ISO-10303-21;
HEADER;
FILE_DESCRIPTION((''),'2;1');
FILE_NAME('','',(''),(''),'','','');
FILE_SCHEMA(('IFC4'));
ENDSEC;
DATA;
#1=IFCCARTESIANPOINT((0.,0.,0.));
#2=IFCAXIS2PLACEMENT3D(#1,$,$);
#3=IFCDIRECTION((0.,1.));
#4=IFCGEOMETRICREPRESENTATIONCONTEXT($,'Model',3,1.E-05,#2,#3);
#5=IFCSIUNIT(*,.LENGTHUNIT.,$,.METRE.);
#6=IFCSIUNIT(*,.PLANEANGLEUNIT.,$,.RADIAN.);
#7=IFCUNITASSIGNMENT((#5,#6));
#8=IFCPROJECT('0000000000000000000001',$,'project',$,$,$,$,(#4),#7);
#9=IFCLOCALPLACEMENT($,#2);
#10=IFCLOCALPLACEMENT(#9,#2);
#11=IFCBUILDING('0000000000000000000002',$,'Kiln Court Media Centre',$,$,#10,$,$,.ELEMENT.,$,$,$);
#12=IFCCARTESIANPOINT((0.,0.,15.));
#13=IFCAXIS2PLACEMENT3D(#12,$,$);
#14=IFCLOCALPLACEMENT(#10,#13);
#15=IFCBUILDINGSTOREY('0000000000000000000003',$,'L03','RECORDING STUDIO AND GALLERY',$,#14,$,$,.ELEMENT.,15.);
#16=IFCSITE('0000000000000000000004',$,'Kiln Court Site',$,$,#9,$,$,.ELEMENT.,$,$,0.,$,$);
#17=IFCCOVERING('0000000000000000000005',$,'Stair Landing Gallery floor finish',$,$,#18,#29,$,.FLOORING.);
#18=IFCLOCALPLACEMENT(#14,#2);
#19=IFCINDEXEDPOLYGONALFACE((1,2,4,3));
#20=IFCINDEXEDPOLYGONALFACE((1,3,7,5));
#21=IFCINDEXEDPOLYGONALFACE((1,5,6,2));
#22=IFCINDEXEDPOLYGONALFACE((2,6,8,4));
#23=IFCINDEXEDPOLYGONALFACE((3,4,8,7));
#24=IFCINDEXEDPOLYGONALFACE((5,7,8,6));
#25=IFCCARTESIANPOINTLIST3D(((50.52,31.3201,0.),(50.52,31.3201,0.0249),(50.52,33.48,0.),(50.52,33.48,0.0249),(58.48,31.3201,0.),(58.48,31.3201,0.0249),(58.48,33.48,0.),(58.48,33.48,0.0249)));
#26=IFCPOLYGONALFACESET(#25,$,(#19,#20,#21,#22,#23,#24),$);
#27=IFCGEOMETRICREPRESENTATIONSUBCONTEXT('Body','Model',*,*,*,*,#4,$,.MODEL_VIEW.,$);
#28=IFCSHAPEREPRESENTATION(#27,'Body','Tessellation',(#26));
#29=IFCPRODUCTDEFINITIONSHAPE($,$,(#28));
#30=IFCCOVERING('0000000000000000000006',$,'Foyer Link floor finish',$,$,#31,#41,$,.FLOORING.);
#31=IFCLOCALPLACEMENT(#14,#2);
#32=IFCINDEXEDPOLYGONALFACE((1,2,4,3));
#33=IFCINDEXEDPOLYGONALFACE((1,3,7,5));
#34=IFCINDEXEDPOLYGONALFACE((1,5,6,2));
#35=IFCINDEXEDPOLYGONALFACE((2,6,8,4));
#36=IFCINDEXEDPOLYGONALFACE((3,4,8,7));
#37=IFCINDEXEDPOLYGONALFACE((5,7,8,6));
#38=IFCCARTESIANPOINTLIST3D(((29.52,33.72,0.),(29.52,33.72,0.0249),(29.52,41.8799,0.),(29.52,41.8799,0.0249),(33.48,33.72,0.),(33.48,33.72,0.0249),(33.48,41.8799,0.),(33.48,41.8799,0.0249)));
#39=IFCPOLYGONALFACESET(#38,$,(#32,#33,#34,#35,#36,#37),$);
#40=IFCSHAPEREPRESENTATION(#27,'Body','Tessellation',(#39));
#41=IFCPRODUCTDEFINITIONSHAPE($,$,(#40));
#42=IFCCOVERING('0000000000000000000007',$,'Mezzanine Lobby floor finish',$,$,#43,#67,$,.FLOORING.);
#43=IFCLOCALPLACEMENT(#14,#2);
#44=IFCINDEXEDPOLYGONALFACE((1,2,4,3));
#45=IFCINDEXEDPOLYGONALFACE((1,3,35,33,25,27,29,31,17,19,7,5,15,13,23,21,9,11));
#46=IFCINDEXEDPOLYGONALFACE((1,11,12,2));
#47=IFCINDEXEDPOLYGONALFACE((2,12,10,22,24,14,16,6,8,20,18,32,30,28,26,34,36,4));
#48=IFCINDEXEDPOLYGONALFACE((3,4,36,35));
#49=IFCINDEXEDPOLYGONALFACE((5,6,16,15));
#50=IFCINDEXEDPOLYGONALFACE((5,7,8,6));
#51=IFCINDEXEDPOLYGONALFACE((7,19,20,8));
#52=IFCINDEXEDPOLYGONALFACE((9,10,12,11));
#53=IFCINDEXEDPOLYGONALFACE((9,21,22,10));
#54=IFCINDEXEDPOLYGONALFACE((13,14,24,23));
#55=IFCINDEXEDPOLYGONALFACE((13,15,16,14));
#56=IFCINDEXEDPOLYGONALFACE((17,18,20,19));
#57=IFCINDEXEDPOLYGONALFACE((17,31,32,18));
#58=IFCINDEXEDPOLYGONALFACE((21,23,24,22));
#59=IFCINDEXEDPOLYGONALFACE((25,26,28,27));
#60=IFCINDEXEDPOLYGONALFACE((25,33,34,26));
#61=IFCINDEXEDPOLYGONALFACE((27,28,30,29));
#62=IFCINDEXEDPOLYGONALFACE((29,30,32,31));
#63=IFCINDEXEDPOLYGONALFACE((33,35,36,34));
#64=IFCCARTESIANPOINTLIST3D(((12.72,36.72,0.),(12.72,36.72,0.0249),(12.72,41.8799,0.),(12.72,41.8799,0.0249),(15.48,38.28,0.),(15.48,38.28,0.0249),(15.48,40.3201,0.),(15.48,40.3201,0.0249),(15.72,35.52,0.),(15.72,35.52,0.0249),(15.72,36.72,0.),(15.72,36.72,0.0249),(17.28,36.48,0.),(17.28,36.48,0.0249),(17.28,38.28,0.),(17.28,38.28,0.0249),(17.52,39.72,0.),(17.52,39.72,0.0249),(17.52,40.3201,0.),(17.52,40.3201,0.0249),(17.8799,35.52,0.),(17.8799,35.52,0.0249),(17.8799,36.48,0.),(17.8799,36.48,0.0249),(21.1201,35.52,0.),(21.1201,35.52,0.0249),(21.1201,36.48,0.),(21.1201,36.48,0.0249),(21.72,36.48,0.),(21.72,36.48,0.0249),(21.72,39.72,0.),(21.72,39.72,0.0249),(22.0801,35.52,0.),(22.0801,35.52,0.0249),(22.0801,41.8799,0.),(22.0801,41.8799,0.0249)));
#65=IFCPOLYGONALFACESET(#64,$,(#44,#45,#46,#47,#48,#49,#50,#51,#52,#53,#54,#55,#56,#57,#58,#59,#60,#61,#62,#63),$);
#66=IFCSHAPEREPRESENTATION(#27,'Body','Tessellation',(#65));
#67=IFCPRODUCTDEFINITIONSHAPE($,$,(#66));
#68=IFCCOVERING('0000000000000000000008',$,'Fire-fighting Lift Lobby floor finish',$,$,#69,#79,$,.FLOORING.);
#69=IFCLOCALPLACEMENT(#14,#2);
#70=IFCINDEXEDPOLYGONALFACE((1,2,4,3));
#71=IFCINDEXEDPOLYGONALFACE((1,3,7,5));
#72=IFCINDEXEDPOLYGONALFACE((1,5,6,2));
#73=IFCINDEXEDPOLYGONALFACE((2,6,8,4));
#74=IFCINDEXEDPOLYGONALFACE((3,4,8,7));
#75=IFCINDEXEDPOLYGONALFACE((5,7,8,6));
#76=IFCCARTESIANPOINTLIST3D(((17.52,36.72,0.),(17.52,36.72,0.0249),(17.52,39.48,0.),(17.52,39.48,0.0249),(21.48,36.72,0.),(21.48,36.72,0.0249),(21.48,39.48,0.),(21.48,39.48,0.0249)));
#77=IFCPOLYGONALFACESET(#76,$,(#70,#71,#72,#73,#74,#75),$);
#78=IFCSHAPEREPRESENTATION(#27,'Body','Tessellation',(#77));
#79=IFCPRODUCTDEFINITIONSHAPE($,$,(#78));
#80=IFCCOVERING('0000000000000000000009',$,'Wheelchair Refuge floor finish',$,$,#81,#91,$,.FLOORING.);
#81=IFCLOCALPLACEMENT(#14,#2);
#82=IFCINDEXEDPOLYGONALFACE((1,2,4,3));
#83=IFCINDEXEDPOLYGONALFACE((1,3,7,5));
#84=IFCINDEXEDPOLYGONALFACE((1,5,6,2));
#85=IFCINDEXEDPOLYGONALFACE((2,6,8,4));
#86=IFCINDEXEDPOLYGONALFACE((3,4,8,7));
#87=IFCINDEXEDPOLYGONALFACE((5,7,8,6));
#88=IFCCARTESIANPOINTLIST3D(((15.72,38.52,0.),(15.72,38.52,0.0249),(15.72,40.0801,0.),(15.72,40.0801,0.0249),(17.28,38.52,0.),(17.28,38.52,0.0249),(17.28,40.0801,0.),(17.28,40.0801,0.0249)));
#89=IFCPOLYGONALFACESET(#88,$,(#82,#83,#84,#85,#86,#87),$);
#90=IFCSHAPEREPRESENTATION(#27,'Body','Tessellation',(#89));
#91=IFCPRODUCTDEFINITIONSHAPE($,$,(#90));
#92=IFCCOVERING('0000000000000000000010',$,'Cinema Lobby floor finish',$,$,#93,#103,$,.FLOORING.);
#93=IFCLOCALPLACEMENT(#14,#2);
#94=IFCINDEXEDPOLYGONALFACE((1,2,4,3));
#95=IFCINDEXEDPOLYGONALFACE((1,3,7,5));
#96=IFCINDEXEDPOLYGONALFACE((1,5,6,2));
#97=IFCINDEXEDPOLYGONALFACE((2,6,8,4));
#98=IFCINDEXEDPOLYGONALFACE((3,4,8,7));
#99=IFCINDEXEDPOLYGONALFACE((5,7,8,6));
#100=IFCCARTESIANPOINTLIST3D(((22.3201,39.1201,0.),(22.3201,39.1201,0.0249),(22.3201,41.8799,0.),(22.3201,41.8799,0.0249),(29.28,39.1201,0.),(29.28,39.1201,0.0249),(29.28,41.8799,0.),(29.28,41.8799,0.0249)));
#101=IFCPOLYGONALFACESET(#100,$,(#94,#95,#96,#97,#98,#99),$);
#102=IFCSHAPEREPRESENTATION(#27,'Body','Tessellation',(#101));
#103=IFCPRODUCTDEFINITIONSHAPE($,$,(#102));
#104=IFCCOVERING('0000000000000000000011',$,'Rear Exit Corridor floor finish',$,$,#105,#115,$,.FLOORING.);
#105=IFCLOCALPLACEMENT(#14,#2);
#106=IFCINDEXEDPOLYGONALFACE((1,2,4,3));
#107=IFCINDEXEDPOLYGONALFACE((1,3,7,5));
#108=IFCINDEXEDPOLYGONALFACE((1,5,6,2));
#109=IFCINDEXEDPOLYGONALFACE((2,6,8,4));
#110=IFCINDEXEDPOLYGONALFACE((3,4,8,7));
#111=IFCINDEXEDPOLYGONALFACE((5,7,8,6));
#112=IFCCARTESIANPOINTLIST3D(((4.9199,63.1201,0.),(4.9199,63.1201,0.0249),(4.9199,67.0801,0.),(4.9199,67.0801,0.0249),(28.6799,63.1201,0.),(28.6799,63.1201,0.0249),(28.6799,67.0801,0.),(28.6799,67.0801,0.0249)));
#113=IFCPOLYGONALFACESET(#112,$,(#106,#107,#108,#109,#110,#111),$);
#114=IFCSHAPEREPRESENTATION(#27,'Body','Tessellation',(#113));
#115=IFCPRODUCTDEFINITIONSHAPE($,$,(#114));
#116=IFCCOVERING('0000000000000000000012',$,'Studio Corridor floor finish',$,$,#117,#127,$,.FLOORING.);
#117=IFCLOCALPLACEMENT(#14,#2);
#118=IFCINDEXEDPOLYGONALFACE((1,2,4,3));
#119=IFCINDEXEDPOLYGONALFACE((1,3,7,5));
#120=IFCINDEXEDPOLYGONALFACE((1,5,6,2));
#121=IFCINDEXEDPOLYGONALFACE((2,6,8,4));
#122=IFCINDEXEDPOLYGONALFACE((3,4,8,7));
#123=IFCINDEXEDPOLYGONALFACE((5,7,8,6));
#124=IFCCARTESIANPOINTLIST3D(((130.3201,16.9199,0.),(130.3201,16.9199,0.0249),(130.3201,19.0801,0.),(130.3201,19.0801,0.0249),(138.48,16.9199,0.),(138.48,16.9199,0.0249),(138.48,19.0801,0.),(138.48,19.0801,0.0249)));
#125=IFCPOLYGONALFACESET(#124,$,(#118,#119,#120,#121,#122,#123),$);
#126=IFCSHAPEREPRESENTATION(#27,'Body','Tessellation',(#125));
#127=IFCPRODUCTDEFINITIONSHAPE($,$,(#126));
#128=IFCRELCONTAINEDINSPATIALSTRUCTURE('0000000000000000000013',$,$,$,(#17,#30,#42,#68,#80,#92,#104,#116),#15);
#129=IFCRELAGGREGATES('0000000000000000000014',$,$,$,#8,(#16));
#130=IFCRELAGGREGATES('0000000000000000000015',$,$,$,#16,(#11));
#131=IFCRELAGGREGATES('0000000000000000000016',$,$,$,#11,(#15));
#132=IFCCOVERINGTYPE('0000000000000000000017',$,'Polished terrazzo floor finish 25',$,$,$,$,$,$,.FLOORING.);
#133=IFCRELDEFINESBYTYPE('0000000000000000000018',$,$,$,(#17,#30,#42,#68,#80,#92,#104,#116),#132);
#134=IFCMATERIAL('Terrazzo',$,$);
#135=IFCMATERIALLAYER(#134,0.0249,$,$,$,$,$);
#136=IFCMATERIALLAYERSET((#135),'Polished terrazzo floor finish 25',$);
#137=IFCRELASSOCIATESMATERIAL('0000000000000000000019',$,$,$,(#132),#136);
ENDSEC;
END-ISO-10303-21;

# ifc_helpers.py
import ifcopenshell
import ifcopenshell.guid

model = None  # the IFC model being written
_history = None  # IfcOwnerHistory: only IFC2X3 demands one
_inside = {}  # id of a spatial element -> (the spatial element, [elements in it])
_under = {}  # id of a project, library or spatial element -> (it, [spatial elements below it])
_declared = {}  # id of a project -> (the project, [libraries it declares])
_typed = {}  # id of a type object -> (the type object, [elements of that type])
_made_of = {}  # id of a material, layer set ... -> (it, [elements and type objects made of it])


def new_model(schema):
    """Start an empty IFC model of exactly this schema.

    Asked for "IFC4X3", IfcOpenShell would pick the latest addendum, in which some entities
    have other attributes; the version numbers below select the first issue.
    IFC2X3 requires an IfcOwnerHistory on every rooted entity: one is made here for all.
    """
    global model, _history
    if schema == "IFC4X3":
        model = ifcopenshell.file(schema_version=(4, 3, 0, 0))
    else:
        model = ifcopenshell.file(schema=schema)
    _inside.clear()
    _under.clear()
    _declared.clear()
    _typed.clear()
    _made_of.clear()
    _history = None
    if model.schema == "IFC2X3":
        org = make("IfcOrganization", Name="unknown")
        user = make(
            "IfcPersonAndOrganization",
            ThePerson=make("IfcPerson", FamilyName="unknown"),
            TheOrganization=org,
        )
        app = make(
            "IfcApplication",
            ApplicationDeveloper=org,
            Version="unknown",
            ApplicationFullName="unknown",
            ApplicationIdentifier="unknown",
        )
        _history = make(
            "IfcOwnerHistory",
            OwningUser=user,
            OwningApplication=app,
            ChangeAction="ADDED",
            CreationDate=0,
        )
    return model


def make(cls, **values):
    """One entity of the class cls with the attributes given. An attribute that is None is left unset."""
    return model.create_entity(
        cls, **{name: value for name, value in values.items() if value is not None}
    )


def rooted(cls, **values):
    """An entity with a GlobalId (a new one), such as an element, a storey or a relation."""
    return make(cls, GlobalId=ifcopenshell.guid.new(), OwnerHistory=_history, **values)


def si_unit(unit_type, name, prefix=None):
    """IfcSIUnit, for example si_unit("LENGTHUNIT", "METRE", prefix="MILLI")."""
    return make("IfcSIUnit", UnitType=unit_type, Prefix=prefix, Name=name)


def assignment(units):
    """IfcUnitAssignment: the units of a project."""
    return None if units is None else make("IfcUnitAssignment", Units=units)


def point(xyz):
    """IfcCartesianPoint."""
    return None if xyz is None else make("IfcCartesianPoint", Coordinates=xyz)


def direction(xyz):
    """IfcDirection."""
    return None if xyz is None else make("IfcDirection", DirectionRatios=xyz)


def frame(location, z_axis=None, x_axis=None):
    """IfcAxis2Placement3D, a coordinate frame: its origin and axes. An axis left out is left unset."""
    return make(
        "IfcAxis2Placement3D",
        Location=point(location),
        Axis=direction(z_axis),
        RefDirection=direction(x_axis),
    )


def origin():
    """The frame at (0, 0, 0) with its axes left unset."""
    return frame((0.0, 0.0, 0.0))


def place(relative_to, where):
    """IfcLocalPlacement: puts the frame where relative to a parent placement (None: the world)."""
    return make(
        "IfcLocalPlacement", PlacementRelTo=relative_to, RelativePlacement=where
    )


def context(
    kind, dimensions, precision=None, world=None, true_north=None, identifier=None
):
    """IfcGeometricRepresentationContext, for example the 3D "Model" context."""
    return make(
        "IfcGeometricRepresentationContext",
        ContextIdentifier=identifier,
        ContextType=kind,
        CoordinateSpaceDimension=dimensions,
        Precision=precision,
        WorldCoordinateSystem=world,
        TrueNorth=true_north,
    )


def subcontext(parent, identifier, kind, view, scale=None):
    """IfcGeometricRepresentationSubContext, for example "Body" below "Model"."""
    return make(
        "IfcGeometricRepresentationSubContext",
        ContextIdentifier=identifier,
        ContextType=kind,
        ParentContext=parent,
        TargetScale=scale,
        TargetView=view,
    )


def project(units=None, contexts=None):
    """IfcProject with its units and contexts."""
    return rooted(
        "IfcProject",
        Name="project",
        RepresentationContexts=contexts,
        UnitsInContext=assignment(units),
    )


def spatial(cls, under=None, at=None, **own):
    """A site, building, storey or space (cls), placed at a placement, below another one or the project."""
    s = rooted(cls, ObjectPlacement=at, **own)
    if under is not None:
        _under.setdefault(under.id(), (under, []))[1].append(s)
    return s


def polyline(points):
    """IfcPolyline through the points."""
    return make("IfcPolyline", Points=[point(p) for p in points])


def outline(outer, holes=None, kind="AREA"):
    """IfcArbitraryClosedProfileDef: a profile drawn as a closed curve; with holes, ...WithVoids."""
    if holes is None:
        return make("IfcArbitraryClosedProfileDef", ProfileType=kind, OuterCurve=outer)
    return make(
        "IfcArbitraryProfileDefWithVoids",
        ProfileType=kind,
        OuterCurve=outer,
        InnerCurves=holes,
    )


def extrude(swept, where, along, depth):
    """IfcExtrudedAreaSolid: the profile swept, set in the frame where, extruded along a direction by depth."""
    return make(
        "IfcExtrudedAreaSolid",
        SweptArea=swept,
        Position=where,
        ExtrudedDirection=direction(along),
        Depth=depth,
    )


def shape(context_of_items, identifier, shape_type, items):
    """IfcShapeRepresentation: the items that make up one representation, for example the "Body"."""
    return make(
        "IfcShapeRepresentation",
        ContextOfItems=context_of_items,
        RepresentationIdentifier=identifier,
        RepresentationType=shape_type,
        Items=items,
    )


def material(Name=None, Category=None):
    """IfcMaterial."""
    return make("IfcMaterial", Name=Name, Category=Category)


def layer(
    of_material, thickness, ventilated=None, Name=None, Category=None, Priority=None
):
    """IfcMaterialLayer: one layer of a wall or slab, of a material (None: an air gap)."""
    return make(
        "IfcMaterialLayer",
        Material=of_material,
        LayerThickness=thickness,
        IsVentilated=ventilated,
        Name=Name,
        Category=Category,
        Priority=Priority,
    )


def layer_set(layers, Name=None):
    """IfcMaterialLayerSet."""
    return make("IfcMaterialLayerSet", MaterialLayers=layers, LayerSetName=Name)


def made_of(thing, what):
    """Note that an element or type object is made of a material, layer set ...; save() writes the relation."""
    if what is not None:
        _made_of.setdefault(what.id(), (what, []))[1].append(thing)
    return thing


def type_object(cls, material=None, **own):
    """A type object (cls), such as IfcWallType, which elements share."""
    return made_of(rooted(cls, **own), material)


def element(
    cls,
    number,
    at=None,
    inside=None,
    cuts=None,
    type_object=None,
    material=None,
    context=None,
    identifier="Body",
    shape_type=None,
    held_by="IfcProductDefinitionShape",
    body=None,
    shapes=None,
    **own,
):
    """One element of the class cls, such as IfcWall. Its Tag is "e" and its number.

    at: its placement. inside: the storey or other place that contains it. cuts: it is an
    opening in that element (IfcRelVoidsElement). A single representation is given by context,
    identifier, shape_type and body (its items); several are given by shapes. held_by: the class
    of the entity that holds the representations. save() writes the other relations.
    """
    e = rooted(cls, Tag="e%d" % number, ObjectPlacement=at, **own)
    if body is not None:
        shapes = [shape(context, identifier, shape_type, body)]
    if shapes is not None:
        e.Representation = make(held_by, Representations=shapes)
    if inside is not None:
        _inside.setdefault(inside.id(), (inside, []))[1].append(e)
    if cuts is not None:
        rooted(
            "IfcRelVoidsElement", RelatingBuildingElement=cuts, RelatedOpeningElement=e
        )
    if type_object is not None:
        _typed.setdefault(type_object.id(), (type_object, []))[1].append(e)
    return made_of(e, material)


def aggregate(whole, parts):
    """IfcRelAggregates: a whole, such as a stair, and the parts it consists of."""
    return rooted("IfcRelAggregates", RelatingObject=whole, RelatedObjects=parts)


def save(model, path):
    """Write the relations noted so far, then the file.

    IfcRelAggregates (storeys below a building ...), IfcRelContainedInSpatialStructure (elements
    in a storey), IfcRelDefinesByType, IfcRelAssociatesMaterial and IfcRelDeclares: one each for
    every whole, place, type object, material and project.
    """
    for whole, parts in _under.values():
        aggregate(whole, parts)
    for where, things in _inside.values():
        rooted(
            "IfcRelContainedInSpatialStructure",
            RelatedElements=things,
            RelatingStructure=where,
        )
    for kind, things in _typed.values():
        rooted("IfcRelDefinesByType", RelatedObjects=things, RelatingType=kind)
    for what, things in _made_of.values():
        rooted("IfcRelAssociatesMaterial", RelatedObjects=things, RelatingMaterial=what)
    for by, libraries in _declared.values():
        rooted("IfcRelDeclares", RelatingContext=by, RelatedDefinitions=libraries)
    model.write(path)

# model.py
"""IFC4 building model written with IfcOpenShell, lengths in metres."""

from ifc_helpers import new_model, si_unit, direction, frame, origin, place, context, subcontext, project, spatial, polyline, outline, extrude, material, layer, layer_set, type_object, element, save


model = new_model("IFC4")

# Units and contexts
model_context = context("Model", 3, precision=1e-05, world=origin(), true_north=direction((0.0, 1.0)))
body_context = subcontext(model_context, "Body", "Model", "MODEL_VIEW")
ifc_project = project(units=[si_unit("LENGTHUNIT", "METRE"), si_unit("PLANEANGLEUNIT", "RADIAN")], contexts=[model_context])

# Site, building, storey
site_placement = place(None, origin())
site = spatial("IfcSite", under=ifc_project, at=site_placement, Name="Kiln Court Site", CompositionType="ELEMENT", RefElevation=0.0)
building_placement = place(site_placement, origin())
building = spatial("IfcBuilding", under=site, at=building_placement, Name="Kiln Court Media Centre", CompositionType="ELEMENT")
storey_placement = place(building_placement, frame((0.0, 0.0, 15.0)))
storey = spatial("IfcBuildingStorey", under=building, at=storey_placement, Name="L03", Description="RECORDING STUDIO AND GALLERY", CompositionType="ELEMENT", Elevation=15.0)

# Coverings
ifc_material_1 = material(Name="Terrazzo")
ifc_layer_1 = layer(ifc_material_1, 0.0249)
ifc_layer_set_1 = layer_set([ifc_layer_1], Name="Polished terrazzo floor finish 25")
covering_type = type_object("IfcCoveringType", Name="Polished terrazzo floor finish 25", PredefinedType="FLOORING", material=ifc_layer_set_1)
covering_1_placement = place(storey_placement, origin())
element("IfcCovering", 1, at=covering_1_placement, inside=storey, type_object=covering_type, Name="Stair Landing Gallery floor finish", PredefinedType="FLOORING", context=body_context, shape_type="SweptSolid", body=[
    extrude(outline(polyline([(50.52, 31.3201), (58.48, 31.3201), (58.48, 33.48), (50.52, 33.48), (50.52, 31.3201)])), origin(), (0.0, 0.0, 1.0), 0.0249),
])
covering_2_placement = place(storey_placement, origin())
element("IfcCovering", 2, at=covering_2_placement, inside=storey, type_object=covering_type, Name="Foyer Link floor finish", PredefinedType="FLOORING", context=body_context, shape_type="SweptSolid", body=[
    extrude(outline(polyline([(29.52, 33.72), (33.48, 33.72), (33.48, 41.8799), (29.52, 41.8799), (29.52, 33.72)])), origin(), (0.0, 0.0, 1.0), 0.0249),
])
covering_3_placement = place(storey_placement, origin())
element("IfcCovering", 3, at=covering_3_placement, inside=storey, type_object=covering_type, Name="Mezzanine Lobby floor finish", PredefinedType="FLOORING", context=body_context, shape_type="SweptSolid", body=[
    extrude(outline(polyline([(17.28, 36.48), (17.28, 38.28), (15.48, 38.28), (15.48, 40.3201), (17.52, 40.3201), (17.52, 39.72), (21.72, 39.72), (21.72, 36.48), (21.1201, 36.48), (21.1201, 35.52), (22.0801, 35.52), (22.0801, 41.8799), (12.72, 41.8799), (12.72, 36.72), (15.72, 36.72), (15.72, 35.52), (17.8799, 35.52), (17.8799, 36.48), (17.28, 36.48)])), origin(), (0.0, 0.0, 1.0), 0.0249),
])
covering_4_placement = place(storey_placement, origin())
element("IfcCovering", 4, at=covering_4_placement, inside=storey, type_object=covering_type, Name="Fire-fighting Lift Lobby floor finish", PredefinedType="FLOORING", context=body_context, shape_type="SweptSolid", body=[
    extrude(outline(polyline([(17.52, 36.72), (21.48, 36.72), (21.48, 39.48), (17.52, 39.48), (17.52, 36.72)])), origin(), (0.0, 0.0, 1.0), 0.0249),
])
covering_5_placement = place(storey_placement, origin())
element("IfcCovering", 5, at=covering_5_placement, inside=storey, type_object=covering_type, Name="Wheelchair Refuge floor finish", PredefinedType="FLOORING", context=body_context, shape_type="SweptSolid", body=[
    extrude(outline(polyline([(15.72, 38.52), (17.28, 38.52), (17.28, 40.0801), (15.72, 40.0801), (15.72, 38.52)])), origin(), (0.0, 0.0, 1.0), 0.0249),
])
covering_6_placement = place(storey_placement, origin())
element("IfcCovering", 6, at=covering_6_placement, inside=storey, type_object=covering_type, Name="Cinema Lobby floor finish", PredefinedType="FLOORING", context=body_context, shape_type="SweptSolid", body=[
    extrude(outline(polyline([(22.3201, 39.1201), (29.28, 39.1201), (29.28, 41.8799), (22.3201, 41.8799), (22.3201, 39.1201)])), origin(), (0.0, 0.0, 1.0), 0.0249),
])
covering_7_placement = place(storey_placement, origin())
element("IfcCovering", 7, at=covering_7_placement, inside=storey, type_object=covering_type, Name="Rear Exit Corridor floor finish", PredefinedType="FLOORING", context=body_context, shape_type="SweptSolid", body=[
    extrude(outline(polyline([(4.9199, 63.1201), (28.6799, 63.1201), (28.6799, 67.0801), (4.9199, 67.0801), (4.9199, 63.1201)])), origin(), (0.0, 0.0, 1.0), 0.0249),
])
covering_8_placement = place(storey_placement, origin())
element("IfcCovering", 8, at=covering_8_placement, inside=storey, type_object=covering_type, Name="Studio Corridor floor finish", PredefinedType="FLOORING", context=body_context, shape_type="SweptSolid", body=[
    extrude(outline(polyline([(130.3201, 16.9199), (138.48, 16.9199), (138.48, 19.0801), (130.3201, 19.0801), (130.3201, 16.9199)])), origin(), (0.0, 0.0, 1.0), 0.0249),
])

save(model, "model.ifc")
